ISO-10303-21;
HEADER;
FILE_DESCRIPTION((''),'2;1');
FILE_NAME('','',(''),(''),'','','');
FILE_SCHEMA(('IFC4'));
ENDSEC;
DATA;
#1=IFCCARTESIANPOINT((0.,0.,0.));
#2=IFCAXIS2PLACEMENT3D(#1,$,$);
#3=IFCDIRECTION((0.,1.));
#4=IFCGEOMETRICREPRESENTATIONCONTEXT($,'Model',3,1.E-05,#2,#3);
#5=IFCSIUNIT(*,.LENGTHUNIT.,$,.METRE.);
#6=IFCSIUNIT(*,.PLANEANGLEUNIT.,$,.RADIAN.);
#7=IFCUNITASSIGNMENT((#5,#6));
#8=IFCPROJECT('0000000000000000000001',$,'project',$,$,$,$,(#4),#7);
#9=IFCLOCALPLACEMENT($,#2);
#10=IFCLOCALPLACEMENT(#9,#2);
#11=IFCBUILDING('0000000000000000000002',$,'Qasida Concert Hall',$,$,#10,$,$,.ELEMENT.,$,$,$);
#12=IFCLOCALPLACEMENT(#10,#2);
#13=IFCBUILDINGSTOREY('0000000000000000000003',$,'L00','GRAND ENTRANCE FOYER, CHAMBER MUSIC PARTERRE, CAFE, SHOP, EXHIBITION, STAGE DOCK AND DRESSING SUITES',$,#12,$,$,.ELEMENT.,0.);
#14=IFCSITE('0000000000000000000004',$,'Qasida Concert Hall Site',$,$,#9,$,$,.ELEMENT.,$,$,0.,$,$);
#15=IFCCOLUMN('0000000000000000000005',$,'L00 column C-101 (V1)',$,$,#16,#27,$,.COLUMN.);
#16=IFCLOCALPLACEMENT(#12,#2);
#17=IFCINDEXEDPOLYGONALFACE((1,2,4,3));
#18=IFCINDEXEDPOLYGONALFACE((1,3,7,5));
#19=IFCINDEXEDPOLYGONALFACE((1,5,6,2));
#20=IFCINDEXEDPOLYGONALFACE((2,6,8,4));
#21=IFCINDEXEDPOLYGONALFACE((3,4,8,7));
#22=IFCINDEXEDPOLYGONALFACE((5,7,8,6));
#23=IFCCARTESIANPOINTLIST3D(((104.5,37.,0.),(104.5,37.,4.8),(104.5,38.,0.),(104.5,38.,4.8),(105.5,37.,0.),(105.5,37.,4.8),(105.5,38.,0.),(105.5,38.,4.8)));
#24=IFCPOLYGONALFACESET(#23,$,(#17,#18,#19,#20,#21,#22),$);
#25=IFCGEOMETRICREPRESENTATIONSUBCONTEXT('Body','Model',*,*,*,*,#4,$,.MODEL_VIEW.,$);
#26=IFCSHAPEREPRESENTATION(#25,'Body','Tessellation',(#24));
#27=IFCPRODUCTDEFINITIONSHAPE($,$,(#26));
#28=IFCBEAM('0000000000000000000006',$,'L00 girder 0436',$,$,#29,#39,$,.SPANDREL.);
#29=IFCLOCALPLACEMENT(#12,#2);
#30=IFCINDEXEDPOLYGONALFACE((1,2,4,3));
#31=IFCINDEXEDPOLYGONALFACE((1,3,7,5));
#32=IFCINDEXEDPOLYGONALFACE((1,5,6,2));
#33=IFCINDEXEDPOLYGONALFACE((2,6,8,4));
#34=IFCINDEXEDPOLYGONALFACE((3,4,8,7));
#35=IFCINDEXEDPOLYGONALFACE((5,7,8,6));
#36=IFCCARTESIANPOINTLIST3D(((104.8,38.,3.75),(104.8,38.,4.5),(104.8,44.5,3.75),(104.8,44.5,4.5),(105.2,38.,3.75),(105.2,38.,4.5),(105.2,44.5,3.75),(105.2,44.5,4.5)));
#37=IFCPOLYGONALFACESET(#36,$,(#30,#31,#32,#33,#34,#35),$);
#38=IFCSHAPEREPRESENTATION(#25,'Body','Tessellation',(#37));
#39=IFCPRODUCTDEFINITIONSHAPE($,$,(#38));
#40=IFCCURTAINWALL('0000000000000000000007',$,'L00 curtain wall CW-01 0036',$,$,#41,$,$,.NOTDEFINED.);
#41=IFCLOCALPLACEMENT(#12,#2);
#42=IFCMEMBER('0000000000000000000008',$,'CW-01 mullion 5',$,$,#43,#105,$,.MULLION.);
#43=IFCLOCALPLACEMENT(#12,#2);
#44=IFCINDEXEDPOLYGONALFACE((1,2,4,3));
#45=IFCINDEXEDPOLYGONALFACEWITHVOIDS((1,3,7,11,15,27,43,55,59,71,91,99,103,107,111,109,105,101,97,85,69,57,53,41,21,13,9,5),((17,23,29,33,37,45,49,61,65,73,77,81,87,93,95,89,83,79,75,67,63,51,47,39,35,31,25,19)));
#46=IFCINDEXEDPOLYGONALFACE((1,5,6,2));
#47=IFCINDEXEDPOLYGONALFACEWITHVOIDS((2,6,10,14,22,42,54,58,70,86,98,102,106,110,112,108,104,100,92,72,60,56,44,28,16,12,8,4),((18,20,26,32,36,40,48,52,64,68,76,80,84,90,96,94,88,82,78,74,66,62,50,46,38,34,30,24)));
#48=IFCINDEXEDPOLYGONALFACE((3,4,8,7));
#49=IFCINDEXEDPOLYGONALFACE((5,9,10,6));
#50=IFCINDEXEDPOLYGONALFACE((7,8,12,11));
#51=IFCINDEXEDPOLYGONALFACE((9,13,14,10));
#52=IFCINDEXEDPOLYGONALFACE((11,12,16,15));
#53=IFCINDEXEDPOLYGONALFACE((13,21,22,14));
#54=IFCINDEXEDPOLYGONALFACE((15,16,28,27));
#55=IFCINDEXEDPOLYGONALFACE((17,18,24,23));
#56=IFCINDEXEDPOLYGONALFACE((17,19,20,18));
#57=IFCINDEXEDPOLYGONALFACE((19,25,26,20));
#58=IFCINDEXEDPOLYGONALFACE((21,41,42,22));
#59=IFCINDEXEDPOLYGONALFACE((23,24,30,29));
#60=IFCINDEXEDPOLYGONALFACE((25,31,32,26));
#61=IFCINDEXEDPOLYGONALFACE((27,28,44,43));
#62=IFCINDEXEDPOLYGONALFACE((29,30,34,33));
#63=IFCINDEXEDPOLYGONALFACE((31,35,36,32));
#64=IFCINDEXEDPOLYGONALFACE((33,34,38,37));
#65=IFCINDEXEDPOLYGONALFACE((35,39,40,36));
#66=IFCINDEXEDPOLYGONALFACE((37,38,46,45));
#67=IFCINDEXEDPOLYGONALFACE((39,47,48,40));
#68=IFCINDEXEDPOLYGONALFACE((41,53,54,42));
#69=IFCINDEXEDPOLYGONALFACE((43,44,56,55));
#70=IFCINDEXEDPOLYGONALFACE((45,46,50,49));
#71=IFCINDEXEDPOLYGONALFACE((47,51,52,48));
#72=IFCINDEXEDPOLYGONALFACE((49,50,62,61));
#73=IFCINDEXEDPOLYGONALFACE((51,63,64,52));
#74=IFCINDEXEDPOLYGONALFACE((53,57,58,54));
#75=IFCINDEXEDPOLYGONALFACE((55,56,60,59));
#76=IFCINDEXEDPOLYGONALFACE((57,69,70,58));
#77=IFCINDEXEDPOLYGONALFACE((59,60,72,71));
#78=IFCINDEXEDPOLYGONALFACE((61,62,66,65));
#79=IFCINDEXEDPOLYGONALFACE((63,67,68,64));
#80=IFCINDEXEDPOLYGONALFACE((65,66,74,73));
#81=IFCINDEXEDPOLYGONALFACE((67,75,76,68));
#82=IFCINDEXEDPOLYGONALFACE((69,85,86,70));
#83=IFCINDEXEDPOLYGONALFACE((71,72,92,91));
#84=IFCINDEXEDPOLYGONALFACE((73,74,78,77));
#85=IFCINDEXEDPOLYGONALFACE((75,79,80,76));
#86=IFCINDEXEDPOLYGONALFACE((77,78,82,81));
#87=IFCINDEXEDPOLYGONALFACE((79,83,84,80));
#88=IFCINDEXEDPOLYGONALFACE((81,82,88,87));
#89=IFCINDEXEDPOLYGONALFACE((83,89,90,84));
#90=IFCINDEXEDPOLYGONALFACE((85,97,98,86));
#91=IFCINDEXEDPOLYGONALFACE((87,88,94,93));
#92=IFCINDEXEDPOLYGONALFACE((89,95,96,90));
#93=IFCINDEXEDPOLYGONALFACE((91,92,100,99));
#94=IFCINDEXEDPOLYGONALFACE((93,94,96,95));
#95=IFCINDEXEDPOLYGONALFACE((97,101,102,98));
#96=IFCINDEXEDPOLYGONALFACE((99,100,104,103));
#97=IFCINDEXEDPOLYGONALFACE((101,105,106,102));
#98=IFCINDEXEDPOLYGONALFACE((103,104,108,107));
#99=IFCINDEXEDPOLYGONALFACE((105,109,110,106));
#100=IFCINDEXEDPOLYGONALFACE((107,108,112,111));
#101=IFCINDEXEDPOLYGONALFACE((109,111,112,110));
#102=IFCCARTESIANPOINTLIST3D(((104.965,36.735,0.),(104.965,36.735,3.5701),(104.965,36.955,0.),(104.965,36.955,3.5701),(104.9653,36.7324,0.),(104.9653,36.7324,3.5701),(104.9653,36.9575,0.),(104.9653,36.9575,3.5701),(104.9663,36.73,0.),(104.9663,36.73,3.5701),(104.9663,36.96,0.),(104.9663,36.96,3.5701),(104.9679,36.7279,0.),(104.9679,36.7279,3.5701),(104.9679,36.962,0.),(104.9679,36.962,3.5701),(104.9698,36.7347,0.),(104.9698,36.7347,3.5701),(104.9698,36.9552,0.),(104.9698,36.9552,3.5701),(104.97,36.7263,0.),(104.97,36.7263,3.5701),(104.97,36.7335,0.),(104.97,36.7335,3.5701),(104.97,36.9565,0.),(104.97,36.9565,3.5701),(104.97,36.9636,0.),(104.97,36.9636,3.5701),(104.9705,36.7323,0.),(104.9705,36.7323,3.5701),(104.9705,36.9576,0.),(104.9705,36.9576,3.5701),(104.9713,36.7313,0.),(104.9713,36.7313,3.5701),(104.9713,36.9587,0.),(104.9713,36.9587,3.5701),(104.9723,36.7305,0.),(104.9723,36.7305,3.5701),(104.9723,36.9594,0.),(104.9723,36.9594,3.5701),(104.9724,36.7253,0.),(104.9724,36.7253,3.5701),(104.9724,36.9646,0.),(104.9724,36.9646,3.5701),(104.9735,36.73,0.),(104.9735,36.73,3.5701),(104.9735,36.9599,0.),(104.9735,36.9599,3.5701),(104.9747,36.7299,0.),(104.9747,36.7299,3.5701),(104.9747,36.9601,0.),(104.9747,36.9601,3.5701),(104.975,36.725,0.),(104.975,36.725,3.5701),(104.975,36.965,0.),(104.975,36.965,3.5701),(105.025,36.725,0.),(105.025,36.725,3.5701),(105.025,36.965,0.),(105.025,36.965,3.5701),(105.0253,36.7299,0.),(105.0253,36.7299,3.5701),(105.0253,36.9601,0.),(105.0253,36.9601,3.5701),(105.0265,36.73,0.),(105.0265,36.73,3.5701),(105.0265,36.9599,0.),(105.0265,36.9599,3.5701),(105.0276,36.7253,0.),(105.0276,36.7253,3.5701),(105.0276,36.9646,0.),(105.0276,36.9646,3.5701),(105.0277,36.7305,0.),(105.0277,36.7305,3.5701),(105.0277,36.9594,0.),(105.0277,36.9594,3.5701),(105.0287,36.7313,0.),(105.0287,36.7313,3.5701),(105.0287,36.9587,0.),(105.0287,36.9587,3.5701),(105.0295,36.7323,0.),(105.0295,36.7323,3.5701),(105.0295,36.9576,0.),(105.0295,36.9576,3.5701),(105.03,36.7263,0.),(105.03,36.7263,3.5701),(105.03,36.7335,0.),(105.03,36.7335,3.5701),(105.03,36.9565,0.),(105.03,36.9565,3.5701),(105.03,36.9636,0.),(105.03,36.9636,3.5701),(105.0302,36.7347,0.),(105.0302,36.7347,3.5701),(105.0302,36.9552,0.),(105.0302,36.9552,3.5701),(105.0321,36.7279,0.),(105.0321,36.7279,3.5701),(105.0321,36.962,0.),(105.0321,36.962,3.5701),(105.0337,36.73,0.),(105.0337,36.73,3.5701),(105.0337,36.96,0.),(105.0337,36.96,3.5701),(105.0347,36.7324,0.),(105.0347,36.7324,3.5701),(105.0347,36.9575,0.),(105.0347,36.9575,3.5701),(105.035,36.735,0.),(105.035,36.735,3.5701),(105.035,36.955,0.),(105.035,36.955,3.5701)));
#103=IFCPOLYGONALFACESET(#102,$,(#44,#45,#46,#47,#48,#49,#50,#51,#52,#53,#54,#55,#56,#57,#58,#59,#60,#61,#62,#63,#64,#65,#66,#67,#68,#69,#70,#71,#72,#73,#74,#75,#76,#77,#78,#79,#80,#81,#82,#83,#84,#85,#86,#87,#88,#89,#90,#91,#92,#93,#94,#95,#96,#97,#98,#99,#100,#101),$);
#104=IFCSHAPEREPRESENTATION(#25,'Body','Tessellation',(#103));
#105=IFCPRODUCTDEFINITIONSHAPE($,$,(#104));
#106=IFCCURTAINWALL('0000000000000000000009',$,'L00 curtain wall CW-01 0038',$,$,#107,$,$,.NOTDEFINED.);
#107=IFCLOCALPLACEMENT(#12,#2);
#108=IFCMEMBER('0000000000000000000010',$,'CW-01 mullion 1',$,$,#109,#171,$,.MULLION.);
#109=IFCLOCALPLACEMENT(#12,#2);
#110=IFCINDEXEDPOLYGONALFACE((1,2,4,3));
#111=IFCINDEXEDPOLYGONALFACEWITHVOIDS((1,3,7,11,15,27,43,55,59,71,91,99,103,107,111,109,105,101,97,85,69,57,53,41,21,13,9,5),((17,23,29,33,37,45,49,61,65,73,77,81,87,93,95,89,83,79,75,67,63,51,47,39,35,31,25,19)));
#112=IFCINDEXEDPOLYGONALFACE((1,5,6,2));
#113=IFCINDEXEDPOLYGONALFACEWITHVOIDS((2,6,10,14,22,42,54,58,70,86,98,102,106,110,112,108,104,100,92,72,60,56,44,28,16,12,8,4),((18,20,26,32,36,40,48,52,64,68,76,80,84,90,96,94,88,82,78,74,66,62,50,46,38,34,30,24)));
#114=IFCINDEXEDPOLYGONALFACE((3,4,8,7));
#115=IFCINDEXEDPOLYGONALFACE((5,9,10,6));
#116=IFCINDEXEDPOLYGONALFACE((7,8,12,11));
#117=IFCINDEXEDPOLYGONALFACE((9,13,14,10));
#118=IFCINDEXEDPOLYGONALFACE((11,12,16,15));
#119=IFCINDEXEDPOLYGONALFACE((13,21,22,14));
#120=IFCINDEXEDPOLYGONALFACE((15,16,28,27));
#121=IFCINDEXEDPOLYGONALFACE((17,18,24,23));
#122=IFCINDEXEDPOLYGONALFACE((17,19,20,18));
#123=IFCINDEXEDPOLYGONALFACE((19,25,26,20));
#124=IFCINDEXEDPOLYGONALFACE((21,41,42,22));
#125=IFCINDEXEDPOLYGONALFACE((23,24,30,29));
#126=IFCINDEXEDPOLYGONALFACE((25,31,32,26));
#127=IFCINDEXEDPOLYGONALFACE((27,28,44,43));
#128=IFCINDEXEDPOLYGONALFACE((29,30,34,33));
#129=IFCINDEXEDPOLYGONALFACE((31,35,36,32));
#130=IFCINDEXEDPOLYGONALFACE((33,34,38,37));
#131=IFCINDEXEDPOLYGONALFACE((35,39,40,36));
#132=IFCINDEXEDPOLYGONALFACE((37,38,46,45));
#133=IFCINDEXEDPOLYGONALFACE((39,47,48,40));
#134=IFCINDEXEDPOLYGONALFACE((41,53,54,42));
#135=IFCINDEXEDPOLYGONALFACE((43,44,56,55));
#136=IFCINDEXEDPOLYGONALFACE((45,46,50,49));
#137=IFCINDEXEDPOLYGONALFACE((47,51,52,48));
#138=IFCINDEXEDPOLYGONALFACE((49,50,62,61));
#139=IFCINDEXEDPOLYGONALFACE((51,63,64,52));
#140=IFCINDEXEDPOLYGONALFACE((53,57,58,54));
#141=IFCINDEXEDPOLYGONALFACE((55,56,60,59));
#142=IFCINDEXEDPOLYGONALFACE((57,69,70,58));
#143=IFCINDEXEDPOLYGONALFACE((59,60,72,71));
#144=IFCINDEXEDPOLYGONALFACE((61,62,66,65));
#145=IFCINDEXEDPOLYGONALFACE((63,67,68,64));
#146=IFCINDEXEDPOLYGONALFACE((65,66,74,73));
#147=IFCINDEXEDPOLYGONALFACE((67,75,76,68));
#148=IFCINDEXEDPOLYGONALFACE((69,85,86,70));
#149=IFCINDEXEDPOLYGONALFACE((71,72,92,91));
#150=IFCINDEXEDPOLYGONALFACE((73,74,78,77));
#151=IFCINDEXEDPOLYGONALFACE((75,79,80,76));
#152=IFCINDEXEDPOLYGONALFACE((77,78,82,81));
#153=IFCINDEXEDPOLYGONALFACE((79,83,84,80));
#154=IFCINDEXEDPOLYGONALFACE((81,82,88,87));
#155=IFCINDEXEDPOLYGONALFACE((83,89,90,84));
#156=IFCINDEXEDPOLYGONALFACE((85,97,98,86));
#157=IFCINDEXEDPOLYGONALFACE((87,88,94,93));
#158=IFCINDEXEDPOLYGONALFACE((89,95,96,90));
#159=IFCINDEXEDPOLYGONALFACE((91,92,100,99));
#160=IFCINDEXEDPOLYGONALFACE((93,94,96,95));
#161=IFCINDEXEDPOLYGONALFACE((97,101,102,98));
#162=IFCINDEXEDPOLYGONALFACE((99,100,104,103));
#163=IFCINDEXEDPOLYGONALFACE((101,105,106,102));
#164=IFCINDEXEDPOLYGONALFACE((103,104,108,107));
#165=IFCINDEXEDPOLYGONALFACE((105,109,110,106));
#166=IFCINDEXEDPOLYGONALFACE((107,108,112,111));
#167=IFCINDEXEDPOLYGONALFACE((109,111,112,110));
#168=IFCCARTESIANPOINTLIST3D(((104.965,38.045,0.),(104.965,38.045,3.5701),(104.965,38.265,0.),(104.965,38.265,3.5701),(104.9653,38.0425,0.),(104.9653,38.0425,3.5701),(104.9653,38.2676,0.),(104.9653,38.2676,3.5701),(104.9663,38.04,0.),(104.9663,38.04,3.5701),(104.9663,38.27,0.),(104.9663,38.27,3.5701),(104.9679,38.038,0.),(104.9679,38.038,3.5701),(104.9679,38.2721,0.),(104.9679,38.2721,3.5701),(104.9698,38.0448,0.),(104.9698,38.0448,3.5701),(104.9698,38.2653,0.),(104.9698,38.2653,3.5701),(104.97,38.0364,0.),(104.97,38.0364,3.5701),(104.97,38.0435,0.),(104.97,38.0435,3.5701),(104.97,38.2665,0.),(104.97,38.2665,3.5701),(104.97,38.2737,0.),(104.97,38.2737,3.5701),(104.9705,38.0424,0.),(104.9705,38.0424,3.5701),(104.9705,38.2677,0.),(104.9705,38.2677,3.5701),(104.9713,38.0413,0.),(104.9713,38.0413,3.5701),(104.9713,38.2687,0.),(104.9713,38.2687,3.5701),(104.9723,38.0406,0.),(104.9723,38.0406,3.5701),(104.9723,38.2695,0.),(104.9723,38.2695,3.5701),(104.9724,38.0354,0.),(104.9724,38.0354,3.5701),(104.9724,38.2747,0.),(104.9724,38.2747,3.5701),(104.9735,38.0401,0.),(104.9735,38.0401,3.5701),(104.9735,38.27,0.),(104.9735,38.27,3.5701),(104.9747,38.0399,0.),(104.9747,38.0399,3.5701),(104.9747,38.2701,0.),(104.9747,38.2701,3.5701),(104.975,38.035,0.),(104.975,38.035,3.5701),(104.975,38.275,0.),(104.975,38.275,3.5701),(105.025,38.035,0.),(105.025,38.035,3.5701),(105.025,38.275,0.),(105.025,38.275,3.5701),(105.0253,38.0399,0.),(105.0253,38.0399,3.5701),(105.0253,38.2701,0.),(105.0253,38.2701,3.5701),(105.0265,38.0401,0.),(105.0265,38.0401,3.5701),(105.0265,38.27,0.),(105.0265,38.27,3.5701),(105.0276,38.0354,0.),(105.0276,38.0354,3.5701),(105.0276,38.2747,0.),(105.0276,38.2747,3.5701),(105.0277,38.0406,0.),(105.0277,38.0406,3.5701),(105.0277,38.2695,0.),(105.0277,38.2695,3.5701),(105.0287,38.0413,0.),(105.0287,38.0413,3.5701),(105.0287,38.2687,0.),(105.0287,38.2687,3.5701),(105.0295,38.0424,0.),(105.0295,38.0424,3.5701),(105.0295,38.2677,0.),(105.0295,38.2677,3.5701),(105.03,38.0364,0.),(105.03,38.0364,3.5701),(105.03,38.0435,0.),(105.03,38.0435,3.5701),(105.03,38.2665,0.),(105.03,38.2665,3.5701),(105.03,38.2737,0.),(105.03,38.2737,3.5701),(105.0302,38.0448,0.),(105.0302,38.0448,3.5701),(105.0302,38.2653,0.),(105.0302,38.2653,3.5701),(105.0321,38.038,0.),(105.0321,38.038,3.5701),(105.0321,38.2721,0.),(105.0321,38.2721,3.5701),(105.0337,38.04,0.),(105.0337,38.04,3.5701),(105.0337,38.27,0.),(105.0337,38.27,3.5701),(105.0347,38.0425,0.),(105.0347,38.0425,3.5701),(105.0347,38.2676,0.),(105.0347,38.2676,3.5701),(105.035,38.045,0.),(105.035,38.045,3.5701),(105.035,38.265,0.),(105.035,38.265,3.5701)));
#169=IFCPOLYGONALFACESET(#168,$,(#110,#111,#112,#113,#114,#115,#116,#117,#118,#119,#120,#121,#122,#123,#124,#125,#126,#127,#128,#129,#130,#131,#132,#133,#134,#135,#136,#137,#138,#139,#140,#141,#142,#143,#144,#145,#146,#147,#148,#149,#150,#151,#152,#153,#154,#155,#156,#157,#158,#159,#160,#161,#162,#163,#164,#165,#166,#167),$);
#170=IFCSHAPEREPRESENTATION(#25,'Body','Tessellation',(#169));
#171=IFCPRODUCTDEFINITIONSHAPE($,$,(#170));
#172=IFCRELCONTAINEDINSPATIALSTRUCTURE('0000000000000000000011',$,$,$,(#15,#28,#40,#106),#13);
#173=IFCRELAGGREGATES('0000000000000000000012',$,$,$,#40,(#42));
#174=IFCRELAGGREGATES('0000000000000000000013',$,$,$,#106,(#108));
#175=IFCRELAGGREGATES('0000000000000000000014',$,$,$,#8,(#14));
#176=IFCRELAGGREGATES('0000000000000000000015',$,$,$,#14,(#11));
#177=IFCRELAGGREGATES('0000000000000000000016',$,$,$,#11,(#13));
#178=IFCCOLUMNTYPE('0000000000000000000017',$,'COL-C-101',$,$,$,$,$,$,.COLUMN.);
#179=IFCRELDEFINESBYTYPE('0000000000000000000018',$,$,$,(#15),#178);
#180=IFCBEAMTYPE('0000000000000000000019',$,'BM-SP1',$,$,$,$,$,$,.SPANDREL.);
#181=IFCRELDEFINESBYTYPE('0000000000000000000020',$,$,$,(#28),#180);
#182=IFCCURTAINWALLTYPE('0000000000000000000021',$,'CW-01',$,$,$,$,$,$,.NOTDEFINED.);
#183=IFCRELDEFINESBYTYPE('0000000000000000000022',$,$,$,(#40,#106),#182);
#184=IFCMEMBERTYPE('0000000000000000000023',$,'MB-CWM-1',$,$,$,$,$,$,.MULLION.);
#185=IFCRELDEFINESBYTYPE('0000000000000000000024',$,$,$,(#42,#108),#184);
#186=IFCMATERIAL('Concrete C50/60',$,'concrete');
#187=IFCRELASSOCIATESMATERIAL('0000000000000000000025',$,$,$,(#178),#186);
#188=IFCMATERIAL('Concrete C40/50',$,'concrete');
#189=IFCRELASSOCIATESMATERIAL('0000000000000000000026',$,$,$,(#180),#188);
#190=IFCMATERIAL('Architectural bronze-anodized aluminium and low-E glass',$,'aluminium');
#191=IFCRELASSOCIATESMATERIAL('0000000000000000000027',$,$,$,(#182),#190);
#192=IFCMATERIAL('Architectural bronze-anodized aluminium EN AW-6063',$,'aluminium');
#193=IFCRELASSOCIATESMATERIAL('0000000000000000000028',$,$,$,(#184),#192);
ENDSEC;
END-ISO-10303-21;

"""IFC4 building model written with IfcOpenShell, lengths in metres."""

from ifc_helpers import new_model, si_unit, direction, frame, origin, origin_2d, place, context, subcontext, project, spatial, rectangle, hollow_rectangle, extrude, material, material_profile, profile_set, type_object, element, aggregate, save


model = new_model("IFC4")

# Units and contexts
model_context = context("Model", 3, precision=1e-05, world=origin(), true_north=direction((0.0, 1.0)))
body_context = subcontext(model_context, "Body", "Model", "MODEL_VIEW")
ifc_project = project(units=[si_unit("LENGTHUNIT", "METRE"), si_unit("PLANEANGLEUNIT", "RADIAN")], contexts=[model_context])

# Site, building, storey
site_placement = place(None, origin())
site = spatial("IfcSite", under=ifc_project, at=site_placement, Name="Qasida Concert Hall Site", CompositionType="ELEMENT", RefElevation=0.0)
building_placement = place(site_placement, origin())
building = spatial("IfcBuilding", under=site, at=building_placement, Name="Qasida Concert Hall", CompositionType="ELEMENT")
storey_placement = place(building_placement, origin())
storey = spatial("IfcBuildingStorey", under=building, at=storey_placement, Name="L00", Description="GRAND ENTRANCE FOYER, CHAMBER MUSIC PARTERRE, CAFE, SHOP, EXHIBITION, STAGE DOCK AND DRESSING SUITES", CompositionType="ELEMENT", Elevation=0.0)

# Column
ifc_material_1 = material(Name="Concrete C50/60", Category="concrete")
ifc_material_profile_1 = material_profile(ifc_material_1, rectangle(XDim=1.0, YDim=1.0, at=origin_2d()), Name="RC 1000x1000")
ifc_profile_set_1 = profile_set([ifc_material_profile_1], Name="Concrete C50/60")
column_type = type_object("IfcColumnType", Name="COL-C-101", PredefinedType="COLUMN", material=ifc_profile_set_1)
column_placement = place(storey_placement, frame((105.0, 37.5, 0.0), z_axis=(0.0, 0.0, 1.0), x_axis=(1.0, 0.0, 0.0)))
element("IfcColumn", 1, at=column_placement, inside=storey, type_object=column_type, Name="L00 column C-101 (V1)", PredefinedType="COLUMN", context=body_context, shape_type="SweptSolid", body=[
    extrude(rectangle(XDim=1.0, YDim=1.0, at=origin_2d()), origin(), (0.0, 0.0, 1.0), 4.8),
])

# Beam
ifc_material_2 = material(Name="Concrete C40/50", Category="concrete")
ifc_material_profile_2 = material_profile(ifc_material_2, rectangle(XDim=0.3999, YDim=0.75, at=origin_2d()), Name="RC 400x750")
ifc_profile_set_2 = profile_set([ifc_material_profile_2], Name="Concrete C40/50")
beam_type = type_object("IfcBeamType", Name="BM-SP1", PredefinedType="SPANDREL", material=ifc_profile_set_2)
beam_placement = place(storey_placement, frame((105.0, 38.0, 4.125), z_axis=(0.0, 1.0, 0.0), x_axis=(-1.0, 0.0, 0.0)))
element("IfcBeam", 2, at=beam_placement, inside=storey, type_object=beam_type, Name="L00 girder 0436", PredefinedType="SPANDREL", context=body_context, shape_type="SweptSolid", body=[
    extrude(rectangle(XDim=0.3999, YDim=0.75, at=origin_2d()), origin(), (0.0, 0.0, 1.0), 6.5),
])

# Curtain wall, member
ifc_material_3 = material(Name="Architectural bronze-anodized aluminium and low-E glass", Category="aluminium")
curtain_wall_type = type_object("IfcCurtainWallType", Name="CW-01", PredefinedType="NOTDEFINED", material=ifc_material_3)
curtain_wall_1_placement = place(storey_placement, origin())
curtain_wall_1 = element("IfcCurtainWall", 3, at=curtain_wall_1_placement, inside=storey, type_object=curtain_wall_type, Name="L00 curtain wall CW-01 0036", PredefinedType="NOTDEFINED")
ifc_material_4 = material(Name="Architectural bronze-anodized aluminium EN AW-6063", Category="aluminium")
ifc_material_profile_3 = material_profile(ifc_material_4, hollow_rectangle(XDim=0.0701, YDim=0.24, WallThickness=0.0049, InnerFilletRadius=0.0049, OuterFilletRadius=0.01, at=origin_2d()), Name="CWM 240x70x5")
ifc_profile_set_3 = profile_set([ifc_material_profile_3], Name="Architectural bronze-anodized aluminium EN AW-6063")
member_type_1 = type_object("IfcMemberType", Name="MB-CWM-1", PredefinedType="MULLION", material=ifc_profile_set_3)
member_1_placement = place(storey_placement, frame((105.0, 36.845, 0.0), z_axis=(0.0, 0.0, 1.0), x_axis=(-1.0, 0.0, 0.0)))
member_1 = element("IfcMember", 4, at=member_1_placement, type_object=member_type_1, Name="CW-01 mullion 5", PredefinedType="MULLION", context=body_context, shape_type="SweptSolid", body=[
    extrude(hollow_rectangle(XDim=0.0701, YDim=0.24, WallThickness=0.0049, InnerFilletRadius=0.0049, OuterFilletRadius=0.01, at=origin_2d()), origin(), (0.0, 0.0, 1.0), 3.5701),
])

# Curtain wall, member
curtain_wall_2_placement = place(storey_placement, origin())
curtain_wall_2 = element("IfcCurtainWall", 5, at=curtain_wall_2_placement, inside=storey, type_object=curtain_wall_type, Name="L00 curtain wall CW-01 0038", PredefinedType="NOTDEFINED")
member_2_placement = place(storey_placement, frame((105.0, 38.155, 0.0), z_axis=(0.0, 0.0, 1.0), x_axis=(-1.0, 0.0, 0.0)))
member_2 = element("IfcMember", 6, at=member_2_placement, type_object=member_type_1, Name="CW-01 mullion 1", PredefinedType="MULLION", context=body_context, shape_type="SweptSolid", body=[
    extrude(hollow_rectangle(XDim=0.0701, YDim=0.24, WallThickness=0.0049, InnerFilletRadius=0.0049, OuterFilletRadius=0.01, at=origin_2d()), origin(), (0.0, 0.0, 1.0), 3.5701),
])

aggregate(curtain_wall_1, [member_1])
aggregate(curtain_wall_2, [member_2])

save(model, "model.ifc")
